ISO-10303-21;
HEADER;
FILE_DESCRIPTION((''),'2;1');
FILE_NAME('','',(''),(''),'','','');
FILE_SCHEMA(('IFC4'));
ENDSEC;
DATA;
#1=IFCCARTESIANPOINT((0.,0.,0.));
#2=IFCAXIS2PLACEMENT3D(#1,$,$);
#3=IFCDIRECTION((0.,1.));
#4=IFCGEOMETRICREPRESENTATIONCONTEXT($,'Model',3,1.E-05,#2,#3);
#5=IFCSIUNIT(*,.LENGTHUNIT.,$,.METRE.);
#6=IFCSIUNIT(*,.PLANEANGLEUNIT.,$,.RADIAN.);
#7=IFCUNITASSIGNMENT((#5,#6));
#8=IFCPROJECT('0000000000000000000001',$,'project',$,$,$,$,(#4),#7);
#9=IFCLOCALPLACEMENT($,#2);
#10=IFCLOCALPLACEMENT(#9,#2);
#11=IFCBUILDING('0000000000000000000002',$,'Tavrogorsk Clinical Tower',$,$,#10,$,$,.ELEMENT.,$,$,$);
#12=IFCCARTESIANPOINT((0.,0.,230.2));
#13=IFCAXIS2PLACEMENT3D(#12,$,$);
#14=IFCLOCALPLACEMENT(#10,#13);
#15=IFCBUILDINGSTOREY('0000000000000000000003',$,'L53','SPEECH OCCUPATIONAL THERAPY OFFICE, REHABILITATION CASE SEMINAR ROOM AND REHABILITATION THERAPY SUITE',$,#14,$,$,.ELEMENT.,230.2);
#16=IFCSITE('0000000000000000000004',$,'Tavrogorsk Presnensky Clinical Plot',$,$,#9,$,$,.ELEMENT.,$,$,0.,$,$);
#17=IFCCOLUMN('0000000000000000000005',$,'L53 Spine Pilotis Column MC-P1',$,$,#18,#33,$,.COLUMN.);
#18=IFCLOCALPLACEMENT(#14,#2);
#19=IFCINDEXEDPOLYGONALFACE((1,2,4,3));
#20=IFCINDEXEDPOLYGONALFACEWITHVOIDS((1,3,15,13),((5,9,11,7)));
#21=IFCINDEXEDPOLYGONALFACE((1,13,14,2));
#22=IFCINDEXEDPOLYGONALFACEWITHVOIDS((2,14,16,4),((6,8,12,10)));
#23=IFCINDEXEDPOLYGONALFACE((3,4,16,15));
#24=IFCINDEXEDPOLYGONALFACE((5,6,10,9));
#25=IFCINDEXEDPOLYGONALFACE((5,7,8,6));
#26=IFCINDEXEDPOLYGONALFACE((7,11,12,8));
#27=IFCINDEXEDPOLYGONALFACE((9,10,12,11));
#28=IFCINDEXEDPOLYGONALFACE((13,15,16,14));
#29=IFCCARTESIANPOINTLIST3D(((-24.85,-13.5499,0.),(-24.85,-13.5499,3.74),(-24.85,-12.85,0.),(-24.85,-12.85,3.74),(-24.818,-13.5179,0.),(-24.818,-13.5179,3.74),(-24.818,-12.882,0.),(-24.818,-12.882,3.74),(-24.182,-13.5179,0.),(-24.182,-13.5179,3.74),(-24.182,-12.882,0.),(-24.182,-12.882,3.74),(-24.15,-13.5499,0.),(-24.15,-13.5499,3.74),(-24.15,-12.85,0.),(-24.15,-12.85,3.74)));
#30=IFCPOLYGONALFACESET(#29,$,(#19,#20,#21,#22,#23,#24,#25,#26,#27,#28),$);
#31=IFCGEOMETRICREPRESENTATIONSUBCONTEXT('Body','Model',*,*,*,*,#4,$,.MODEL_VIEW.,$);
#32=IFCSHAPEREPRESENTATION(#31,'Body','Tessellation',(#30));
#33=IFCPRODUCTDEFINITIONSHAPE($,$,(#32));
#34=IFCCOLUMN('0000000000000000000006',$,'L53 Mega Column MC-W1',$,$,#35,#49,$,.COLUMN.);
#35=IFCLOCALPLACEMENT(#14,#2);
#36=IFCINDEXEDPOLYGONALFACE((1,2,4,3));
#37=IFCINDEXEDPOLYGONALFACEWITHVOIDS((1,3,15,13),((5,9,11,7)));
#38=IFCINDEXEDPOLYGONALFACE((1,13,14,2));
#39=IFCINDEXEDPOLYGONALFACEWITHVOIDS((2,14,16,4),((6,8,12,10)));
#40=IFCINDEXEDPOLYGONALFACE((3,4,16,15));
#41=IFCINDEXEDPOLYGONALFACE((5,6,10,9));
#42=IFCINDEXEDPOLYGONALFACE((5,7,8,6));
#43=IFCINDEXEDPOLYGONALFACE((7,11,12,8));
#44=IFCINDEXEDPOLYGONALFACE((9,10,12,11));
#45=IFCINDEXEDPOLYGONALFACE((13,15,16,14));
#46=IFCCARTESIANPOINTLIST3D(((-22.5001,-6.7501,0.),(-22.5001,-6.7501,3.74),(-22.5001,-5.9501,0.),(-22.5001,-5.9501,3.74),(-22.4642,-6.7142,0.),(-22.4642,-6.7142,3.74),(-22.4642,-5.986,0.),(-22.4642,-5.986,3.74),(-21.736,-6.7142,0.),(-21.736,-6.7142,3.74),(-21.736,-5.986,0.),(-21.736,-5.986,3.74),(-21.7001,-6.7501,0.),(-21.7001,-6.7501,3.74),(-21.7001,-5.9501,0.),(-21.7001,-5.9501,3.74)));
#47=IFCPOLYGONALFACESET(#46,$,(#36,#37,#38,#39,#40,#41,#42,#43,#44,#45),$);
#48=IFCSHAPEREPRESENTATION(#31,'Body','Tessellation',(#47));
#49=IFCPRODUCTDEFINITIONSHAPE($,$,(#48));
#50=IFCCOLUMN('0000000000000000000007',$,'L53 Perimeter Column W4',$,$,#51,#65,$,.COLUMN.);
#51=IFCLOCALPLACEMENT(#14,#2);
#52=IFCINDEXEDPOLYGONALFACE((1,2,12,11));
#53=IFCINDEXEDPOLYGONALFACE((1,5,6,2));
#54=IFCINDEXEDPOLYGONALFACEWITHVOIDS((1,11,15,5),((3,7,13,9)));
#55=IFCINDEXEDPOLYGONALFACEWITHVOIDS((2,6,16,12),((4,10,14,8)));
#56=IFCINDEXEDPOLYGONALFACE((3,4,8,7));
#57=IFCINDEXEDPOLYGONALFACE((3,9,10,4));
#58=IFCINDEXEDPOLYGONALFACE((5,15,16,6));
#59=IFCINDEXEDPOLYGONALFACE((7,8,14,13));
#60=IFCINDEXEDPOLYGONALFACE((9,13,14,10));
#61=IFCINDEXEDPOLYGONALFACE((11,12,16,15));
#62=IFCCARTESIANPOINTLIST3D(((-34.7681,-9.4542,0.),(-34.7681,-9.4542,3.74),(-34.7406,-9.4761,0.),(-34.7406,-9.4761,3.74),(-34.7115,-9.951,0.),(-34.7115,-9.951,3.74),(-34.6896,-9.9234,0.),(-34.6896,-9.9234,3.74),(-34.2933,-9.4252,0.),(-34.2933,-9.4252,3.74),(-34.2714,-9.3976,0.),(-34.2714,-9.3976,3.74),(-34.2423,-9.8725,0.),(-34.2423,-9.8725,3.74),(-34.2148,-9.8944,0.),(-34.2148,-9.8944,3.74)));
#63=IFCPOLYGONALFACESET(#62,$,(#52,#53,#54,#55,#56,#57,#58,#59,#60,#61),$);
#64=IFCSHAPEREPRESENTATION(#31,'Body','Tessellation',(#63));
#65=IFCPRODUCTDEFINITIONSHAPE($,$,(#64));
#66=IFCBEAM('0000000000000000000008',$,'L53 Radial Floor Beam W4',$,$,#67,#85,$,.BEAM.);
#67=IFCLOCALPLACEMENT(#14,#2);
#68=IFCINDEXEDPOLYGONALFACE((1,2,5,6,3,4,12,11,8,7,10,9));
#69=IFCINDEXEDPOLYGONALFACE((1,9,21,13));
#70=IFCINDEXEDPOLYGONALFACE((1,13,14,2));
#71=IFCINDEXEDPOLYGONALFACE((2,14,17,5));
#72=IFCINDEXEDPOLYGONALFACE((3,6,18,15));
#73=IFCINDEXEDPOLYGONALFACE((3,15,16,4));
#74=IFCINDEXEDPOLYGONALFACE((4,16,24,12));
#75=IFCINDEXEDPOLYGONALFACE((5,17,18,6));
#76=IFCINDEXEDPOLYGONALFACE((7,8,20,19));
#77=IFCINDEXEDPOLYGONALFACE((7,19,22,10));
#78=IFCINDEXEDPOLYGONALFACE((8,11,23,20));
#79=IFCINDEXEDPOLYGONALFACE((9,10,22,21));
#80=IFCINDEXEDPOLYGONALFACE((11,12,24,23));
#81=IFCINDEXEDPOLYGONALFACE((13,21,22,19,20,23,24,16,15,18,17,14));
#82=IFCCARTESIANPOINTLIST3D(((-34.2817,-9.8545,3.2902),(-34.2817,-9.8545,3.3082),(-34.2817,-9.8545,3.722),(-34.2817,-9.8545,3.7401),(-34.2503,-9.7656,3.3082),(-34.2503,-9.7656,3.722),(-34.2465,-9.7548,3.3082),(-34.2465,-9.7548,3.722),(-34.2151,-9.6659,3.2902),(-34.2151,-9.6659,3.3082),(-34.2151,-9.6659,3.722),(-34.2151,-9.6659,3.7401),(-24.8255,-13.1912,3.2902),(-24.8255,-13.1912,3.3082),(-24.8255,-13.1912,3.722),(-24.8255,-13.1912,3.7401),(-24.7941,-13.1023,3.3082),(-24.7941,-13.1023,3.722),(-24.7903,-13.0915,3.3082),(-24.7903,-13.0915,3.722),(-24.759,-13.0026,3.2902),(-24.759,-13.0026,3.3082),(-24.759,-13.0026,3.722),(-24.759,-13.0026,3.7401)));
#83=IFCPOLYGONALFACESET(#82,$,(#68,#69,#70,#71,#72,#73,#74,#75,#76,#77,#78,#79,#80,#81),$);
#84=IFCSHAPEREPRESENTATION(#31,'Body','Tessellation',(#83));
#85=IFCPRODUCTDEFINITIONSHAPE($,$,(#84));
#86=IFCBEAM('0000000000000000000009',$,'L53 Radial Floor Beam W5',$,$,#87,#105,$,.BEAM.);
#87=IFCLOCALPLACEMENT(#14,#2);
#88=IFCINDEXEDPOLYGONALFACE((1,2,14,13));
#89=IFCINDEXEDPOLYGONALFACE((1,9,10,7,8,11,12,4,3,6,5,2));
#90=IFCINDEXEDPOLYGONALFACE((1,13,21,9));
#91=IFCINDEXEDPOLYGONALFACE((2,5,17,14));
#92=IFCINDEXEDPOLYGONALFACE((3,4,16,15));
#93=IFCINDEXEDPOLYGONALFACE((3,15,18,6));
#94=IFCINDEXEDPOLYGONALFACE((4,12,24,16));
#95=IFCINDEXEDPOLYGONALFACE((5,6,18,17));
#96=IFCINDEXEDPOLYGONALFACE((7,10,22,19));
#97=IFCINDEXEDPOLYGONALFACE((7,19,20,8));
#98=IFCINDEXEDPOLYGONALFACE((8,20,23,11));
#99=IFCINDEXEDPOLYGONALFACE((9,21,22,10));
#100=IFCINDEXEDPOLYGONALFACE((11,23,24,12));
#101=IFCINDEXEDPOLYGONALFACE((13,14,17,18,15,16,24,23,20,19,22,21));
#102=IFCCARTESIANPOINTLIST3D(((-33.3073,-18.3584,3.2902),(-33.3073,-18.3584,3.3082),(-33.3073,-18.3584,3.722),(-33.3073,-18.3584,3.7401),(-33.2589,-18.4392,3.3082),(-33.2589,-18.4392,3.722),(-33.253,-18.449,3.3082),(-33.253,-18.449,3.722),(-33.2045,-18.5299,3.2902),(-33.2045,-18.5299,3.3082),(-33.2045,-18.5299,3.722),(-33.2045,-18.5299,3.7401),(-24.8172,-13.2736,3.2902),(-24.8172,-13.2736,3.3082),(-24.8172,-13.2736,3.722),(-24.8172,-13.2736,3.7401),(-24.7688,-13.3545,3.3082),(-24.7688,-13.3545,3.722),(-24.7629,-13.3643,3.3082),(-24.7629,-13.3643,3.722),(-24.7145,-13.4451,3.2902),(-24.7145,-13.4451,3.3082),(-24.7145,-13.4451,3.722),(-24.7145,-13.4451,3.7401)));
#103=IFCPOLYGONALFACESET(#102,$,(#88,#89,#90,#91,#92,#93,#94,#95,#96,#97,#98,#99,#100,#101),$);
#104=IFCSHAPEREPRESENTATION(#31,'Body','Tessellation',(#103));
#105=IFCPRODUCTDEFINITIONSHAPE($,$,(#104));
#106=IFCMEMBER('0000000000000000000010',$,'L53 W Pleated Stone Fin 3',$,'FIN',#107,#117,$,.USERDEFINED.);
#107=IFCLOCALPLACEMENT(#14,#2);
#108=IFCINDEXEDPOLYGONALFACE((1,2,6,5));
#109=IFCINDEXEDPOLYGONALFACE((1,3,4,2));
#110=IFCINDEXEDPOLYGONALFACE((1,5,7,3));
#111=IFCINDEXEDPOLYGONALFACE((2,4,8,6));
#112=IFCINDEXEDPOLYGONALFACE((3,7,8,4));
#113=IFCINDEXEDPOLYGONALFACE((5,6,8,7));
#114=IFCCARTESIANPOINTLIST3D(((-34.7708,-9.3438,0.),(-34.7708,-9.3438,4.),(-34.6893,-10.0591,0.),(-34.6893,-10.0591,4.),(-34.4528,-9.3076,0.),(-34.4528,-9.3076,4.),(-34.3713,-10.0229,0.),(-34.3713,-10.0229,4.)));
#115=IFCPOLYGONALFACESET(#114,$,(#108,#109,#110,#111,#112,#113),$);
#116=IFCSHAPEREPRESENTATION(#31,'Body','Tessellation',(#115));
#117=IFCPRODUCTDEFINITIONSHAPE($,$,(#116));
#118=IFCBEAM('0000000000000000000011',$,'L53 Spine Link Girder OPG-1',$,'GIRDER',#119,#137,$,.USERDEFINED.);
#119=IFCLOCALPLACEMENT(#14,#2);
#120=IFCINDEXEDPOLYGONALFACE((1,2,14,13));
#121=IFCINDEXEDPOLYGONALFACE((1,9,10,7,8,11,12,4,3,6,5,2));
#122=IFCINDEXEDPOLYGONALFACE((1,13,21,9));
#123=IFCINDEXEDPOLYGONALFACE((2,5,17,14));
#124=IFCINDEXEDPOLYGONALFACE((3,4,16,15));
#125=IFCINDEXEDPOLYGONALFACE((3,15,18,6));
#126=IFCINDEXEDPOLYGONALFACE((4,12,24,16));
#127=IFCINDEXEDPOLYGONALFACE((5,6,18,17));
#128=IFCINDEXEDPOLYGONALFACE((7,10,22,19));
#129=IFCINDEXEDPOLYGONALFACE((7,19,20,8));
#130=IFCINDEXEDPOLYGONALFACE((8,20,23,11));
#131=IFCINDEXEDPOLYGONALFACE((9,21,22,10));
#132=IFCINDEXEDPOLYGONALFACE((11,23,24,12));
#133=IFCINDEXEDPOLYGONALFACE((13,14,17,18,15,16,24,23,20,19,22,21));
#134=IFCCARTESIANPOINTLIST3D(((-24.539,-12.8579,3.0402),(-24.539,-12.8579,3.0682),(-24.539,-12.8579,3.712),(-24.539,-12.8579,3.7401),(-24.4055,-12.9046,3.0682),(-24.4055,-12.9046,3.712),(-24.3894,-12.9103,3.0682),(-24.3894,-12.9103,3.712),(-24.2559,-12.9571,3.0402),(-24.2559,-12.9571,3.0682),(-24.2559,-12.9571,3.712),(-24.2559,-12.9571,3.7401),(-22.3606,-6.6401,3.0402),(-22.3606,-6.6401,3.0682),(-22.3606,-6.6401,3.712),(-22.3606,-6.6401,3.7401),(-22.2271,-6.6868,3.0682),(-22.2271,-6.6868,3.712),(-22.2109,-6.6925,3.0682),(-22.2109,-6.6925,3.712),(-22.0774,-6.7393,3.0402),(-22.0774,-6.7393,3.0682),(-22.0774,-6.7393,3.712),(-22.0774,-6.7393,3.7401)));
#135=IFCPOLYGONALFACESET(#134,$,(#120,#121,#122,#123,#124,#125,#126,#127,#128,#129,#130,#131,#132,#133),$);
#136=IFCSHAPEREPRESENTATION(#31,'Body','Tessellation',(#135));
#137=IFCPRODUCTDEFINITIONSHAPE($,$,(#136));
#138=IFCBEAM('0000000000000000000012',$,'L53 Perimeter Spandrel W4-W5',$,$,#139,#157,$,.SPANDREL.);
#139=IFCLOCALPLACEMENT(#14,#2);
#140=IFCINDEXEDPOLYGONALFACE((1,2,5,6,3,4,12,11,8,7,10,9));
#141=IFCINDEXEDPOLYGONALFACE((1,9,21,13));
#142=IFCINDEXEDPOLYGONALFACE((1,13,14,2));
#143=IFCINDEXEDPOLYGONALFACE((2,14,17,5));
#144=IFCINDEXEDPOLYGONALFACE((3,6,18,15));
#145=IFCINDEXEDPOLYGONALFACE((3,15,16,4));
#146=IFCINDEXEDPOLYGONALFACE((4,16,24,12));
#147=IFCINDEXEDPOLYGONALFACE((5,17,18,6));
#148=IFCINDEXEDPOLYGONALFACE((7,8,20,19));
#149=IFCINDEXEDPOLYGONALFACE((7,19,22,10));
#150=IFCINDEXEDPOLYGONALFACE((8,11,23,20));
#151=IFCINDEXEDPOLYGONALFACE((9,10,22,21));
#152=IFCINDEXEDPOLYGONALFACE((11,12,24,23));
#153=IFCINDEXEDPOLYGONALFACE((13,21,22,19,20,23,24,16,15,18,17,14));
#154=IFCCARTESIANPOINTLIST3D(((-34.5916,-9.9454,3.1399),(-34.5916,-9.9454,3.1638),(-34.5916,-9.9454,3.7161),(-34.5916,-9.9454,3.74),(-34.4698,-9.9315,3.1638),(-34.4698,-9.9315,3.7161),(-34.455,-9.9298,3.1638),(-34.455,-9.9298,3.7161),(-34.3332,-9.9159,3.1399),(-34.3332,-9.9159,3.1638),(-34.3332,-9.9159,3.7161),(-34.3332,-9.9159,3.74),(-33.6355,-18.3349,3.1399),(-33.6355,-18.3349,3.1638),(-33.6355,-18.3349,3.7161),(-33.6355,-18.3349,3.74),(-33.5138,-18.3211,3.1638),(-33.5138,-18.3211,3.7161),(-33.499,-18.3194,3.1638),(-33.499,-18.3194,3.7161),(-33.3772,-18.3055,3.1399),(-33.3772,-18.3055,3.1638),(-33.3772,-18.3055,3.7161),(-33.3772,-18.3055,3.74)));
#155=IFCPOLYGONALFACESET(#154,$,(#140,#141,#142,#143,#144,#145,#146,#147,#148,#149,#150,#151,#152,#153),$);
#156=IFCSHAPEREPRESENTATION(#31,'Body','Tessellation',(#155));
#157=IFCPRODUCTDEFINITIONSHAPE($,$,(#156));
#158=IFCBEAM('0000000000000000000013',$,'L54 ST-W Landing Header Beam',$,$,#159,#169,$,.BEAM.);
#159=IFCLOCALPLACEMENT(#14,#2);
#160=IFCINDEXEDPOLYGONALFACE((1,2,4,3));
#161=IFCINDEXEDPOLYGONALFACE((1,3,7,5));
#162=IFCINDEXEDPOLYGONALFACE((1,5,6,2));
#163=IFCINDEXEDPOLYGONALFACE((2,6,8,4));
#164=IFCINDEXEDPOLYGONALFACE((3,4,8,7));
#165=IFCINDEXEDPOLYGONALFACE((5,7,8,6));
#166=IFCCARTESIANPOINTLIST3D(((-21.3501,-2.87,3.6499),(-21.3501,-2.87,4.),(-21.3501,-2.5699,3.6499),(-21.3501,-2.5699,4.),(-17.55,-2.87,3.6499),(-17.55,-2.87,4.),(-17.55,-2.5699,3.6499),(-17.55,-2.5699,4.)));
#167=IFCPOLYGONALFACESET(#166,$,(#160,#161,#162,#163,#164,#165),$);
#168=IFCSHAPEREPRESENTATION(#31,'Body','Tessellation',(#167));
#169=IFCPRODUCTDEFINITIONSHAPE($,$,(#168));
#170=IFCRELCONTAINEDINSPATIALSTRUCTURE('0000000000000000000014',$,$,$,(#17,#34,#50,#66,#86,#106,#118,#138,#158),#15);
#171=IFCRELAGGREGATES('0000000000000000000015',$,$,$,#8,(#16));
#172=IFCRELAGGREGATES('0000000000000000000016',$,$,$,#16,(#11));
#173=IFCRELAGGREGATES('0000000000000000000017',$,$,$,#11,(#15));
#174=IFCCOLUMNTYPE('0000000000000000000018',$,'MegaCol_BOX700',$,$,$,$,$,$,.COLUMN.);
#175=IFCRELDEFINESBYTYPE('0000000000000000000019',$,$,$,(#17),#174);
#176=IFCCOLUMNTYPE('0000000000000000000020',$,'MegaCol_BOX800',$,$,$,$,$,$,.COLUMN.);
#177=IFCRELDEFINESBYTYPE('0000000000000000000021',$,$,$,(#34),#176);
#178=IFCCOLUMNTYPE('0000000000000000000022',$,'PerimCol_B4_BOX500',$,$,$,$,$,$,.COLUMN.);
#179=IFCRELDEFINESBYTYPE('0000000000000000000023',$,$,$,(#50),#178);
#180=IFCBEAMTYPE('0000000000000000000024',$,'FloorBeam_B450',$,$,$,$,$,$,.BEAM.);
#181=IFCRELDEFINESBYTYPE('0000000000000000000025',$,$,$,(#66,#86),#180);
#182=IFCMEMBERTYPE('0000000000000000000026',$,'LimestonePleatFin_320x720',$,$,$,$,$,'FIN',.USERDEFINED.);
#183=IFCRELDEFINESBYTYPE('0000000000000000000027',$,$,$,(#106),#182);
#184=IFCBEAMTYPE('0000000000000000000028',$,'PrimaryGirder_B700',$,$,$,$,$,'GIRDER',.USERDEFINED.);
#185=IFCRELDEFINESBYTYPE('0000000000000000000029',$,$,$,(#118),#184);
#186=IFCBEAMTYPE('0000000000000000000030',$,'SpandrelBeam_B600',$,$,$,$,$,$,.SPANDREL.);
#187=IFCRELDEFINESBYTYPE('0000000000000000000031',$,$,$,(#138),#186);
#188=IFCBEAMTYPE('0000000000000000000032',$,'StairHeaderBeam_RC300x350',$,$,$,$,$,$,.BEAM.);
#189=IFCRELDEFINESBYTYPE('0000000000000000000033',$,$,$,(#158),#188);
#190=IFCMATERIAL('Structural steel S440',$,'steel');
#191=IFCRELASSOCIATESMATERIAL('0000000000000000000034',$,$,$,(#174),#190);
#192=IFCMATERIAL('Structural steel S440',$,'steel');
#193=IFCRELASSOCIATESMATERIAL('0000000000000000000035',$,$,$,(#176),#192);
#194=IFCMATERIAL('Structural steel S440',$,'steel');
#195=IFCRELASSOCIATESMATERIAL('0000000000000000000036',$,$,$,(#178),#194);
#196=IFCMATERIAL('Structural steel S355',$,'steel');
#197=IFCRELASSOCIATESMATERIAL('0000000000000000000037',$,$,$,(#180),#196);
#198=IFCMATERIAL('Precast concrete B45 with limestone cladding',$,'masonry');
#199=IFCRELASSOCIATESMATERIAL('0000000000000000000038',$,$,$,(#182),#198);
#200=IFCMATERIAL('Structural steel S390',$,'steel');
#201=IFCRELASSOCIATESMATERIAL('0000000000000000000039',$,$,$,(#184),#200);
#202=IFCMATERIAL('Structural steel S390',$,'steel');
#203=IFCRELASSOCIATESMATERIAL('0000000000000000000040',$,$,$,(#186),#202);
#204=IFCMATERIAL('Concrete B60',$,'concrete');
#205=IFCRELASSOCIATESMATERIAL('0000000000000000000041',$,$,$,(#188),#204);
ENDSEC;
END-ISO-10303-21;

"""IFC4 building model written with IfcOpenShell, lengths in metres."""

from ifc_helpers import new_model, si_unit, direction, frame, origin, origin_2d, place, context, subcontext, project, spatial, rectangle, hollow_rectangle, i_section, extrude, material, material_profile, profile_set, type_object, element, save


model = new_model("IFC4")

# Units and contexts
model_context = context("Model", 3, precision=1e-05, world=origin(), true_north=direction((0.0, 1.0)))
body_context = subcontext(model_context, "Body", "Model", "MODEL_VIEW")
ifc_project = project(units=[si_unit("LENGTHUNIT", "METRE"), si_unit("PLANEANGLEUNIT", "RADIAN")], contexts=[model_context])

# Site, building, storey
site_placement = place(None, origin())
site = spatial("IfcSite", under=ifc_project, at=site_placement, Name="Tavrogorsk Presnensky Clinical Plot", CompositionType="ELEMENT", RefElevation=0.0)
building_placement = place(site_placement, origin())
building = spatial("IfcBuilding", under=site, at=building_placement, Name="Tavrogorsk Clinical Tower", CompositionType="ELEMENT")
storey_placement = place(building_placement, frame((0.0, 0.0, 230.2)))
storey = spatial("IfcBuildingStorey", under=building, at=storey_placement, Name="L53", Description="SPEECH OCCUPATIONAL THERAPY OFFICE, REHABILITATION CASE SEMINAR ROOM AND REHABILITATION THERAPY SUITE", CompositionType="ELEMENT", Elevation=230.2)

# Columns
ifc_material_1 = material(Name="Structural steel S440", Category="steel")
ifc_material_profile_1 = material_profile(ifc_material_1, hollow_rectangle(XDim=0.7, YDim=0.7, WallThickness=0.032, at=origin_2d()), Name="BOX-700x700x32")
ifc_profile_set_1 = profile_set([ifc_material_profile_1], Name="Structural steel S440")
column_type_1 = type_object("IfcColumnType", Name="MegaCol_BOX700", PredefinedType="COLUMN", material=ifc_profile_set_1)
column_1_placement = place(storey_placement, frame((-24.5, -13.2, 0.0), z_axis=(0.0, 0.0, 1.0), x_axis=(1.0, 0.0, 0.0)))
element("IfcColumn", 1, at=column_1_placement, inside=storey, type_object=column_type_1, Name="L53 Spine Pilotis Column MC-P1", PredefinedType="COLUMN", context=body_context, shape_type="SweptSolid", body=[
    extrude(hollow_rectangle(XDim=0.7, YDim=0.7, WallThickness=0.032, at=origin_2d()), origin(), (0.0, 0.0, 1.0), 3.74),
])
ifc_material_2 = material(Name="Structural steel S440", Category="steel")
ifc_material_profile_2 = material_profile(ifc_material_2, hollow_rectangle(XDim=0.8, YDim=0.8, WallThickness=0.0359, at=origin_2d()), Name="BOX-800x800x36")
ifc_profile_set_2 = profile_set([ifc_material_profile_2], Name="Structural steel S440")
column_type_2 = type_object("IfcColumnType", Name="MegaCol_BOX800", PredefinedType="COLUMN", material=ifc_profile_set_2)
column_2_placement = place(storey_placement, frame((-22.1001, -6.3501, 0.0), z_axis=(0.0, 0.0, 1.0), x_axis=(1.0, 0.0, 0.0)))
element("IfcColumn", 2, at=column_2_placement, inside=storey, type_object=column_type_2, Name="L53 Mega Column MC-W1", PredefinedType="COLUMN", context=body_context, shape_type="SweptSolid", body=[
    extrude(hollow_rectangle(XDim=0.8, YDim=0.8, WallThickness=0.0359, at=origin_2d()), origin(), (0.0, 0.0, 1.0), 3.74),
])
ifc_material_3 = material(Name="Structural steel S440", Category="steel")
ifc_material_profile_3 = material_profile(ifc_material_3, hollow_rectangle(XDim=0.5, YDim=0.5, WallThickness=0.0249, at=origin_2d()), Name="BOX-500x500x25")
ifc_profile_set_3 = profile_set([ifc_material_profile_3], Name="Structural steel S440")
column_type_3 = type_object("IfcColumnType", Name="PerimCol_B4_BOX500", PredefinedType="COLUMN", material=ifc_profile_set_3)
column_3_placement = place(storey_placement, frame((-34.4915, -9.6743, 0.0), z_axis=(0.0, 0.0, 1.0), x_axis=(0.993572, 0.113203, 0.0)))
element("IfcColumn", 3, at=column_3_placement, inside=storey, type_object=column_type_3, Name="L53 Perimeter Column W4", PredefinedType="COLUMN", context=body_context, shape_type="SweptSolid", body=[
    extrude(hollow_rectangle(XDim=0.5, YDim=0.5, WallThickness=0.0249, at=origin_2d()), origin(), (0.0, 0.0, 1.0), 3.74),
])

# Beams
ifc_material_4 = material(Name="Structural steel S355", Category="steel")
ifc_material_profile_4 = material_profile(ifc_material_4, i_section(OverallWidth=0.2, OverallDepth=0.45, WebThickness=0.0115, FlangeThickness=0.0181, at=origin_2d()), Name="B-450x200x11.5x18")
ifc_profile_set_4 = profile_set([ifc_material_profile_4], Name="Structural steel S355")
beam_type_1 = type_object("IfcBeamType", Name="FloorBeam_B450", PredefinedType="BEAM", material=ifc_profile_set_4)
beam_1_placement = place(storey_placement, frame((-24.7922, -13.0969, 3.5151), z_axis=(-0.943014, 0.332753, 0.0), x_axis=(-0.332753, -0.943014, 0.0)))
element("IfcBeam", 4, at=beam_1_placement, inside=storey, type_object=beam_type_1, Name="L53 Radial Floor Beam W4", PredefinedType="BEAM", context=body_context, shape_type="SweptSolid", body=[
    extrude(i_section(OverallWidth=0.2, OverallDepth=0.45, WebThickness=0.0115, FlangeThickness=0.0181, at=origin_2d()), origin(), (0.0, 0.0, 1.0), 10.0276),
])
beam_2_placement = place(storey_placement, frame((-24.7659, -13.3594, 3.5151), z_axis=(-0.857906, -0.513806, 0.0), x_axis=(0.513806, -0.857906, 0.0)))
element("IfcBeam", 5, at=beam_2_placement, inside=storey, type_object=beam_type_1, Name="L53 Radial Floor Beam W5", PredefinedType="BEAM", context=body_context, shape_type="SweptSolid", body=[
    extrude(i_section(OverallWidth=0.2, OverallDepth=0.45, WebThickness=0.0115, FlangeThickness=0.0181, at=origin_2d()), origin(), (0.0, 0.0, 1.0), 9.8962),
])

# Member
ifc_material_5 = material(Name="Precast concrete B45 with limestone cladding", Category="masonry")
ifc_material_profile_5 = material_profile(ifc_material_5, rectangle(XDim=0.3201, YDim=0.72, at=origin_2d()), Name="LIMESTONE-FIN-320x720")
ifc_profile_set_5 = profile_set([ifc_material_profile_5], Name="Precast concrete B45 with limestone cladding")
member_type = type_object("IfcMemberType", Name="LimestonePleatFin_320x720", ElementType="FIN", PredefinedType="USERDEFINED", material=ifc_profile_set_5)
member_placement = place(storey_placement, frame((-34.571, -9.6833, 0.0), z_axis=(0.0, 0.0, 1.0), x_axis=(0.993572, 0.113203, 0.0)))
element("IfcMember", 6, at=member_placement, inside=storey, type_object=member_type, Name="L53 W Pleated Stone Fin 3", ObjectType="FIN", PredefinedType="USERDEFINED", context=body_context, shape_type="SweptSolid", body=[
    extrude(rectangle(XDim=0.3201, YDim=0.72, at=origin_2d()), origin(), (0.0, 0.0, 1.0), 4.0),
])

# Beams
ifc_material_6 = material(Name="Structural steel S390", Category="steel")
ifc_material_profile_6 = material_profile(ifc_material_6, i_section(OverallWidth=0.3, OverallDepth=0.7, WebThickness=0.0171, FlangeThickness=0.0281, at=origin_2d()), Name="B-700x300x17x28")
ifc_profile_set_6 = profile_set([ifc_material_profile_6], Name="Structural steel S390")
beam_type_2 = type_object("IfcBeamType", Name="PrimaryGirder_B700", ElementType="GIRDER", PredefinedType="USERDEFINED", material=ifc_profile_set_6)
beam_3_placement = place(storey_placement, frame((-24.3975, -12.9075, 3.3901), z_axis=(0.330654, 0.943752, 0.0), x_axis=(-0.943752, 0.330654, 0.0)))
element("IfcBeam", 7, at=beam_3_placement, inside=storey, type_object=beam_type_2, Name="L53 Spine Link Girder OPG-1", ObjectType="GIRDER", PredefinedType="USERDEFINED", context=body_context, shape_type="SweptSolid", body=[
    extrude(i_section(OverallWidth=0.3, OverallDepth=0.7, WebThickness=0.0171, FlangeThickness=0.0281, at=origin_2d()), origin(), (0.0, 0.0, 1.0), 6.5884),
])
ifc_material_7 = material(Name="Structural steel S390", Category="steel")
ifc_material_profile_7 = material_profile(ifc_material_7, i_section(OverallWidth=0.26, OverallDepth=0.6001, WebThickness=0.0149, FlangeThickness=0.0239, at=origin_2d()), Name="B-600x260x15x24")
ifc_profile_set_7 = profile_set([ifc_material_profile_7], Name="Structural steel S390")
beam_type_3 = type_object("IfcBeamType", Name="SpandrelBeam_B600", PredefinedType="SPANDREL", material=ifc_profile_set_7)
beam_4_placement = place(storey_placement, frame((-34.4624, -9.9307, 3.4399), z_axis=(0.113224, -0.99357, 0.0), x_axis=(0.99357, 0.113224, 0.0)))
element("IfcBeam", 8, at=beam_4_placement, inside=storey, type_object=beam_type_3, Name="L53 Perimeter Spandrel W4-W5", PredefinedType="SPANDREL", context=body_context, shape_type="SweptSolid", body=[
    extrude(i_section(OverallWidth=0.26, OverallDepth=0.6001, WebThickness=0.0149, FlangeThickness=0.0239, at=origin_2d()), origin(), (0.0, 0.0, 1.0), 8.4438),
])
ifc_material_8 = material(Name="Concrete B60", Category="concrete")
ifc_material_profile_8 = material_profile(ifc_material_8, rectangle(XDim=0.3, YDim=0.3501, at=origin_2d()), Name="RC-SHB-300x350")
ifc_profile_set_8 = profile_set([ifc_material_profile_8], Name="Concrete B60")
beam_type_4 = type_object("IfcBeamType", Name="StairHeaderBeam_RC300x350", PredefinedType="BEAM", material=ifc_profile_set_8)
beam_5_placement = place(storey_placement, frame((-21.3501, -2.72, 3.825), z_axis=(1.0, 0.0, 0.0), x_axis=(0.0, 1.0, 0.0)))
element("IfcBeam", 9, at=beam_5_placement, inside=storey, type_object=beam_type_4, Name="L54 ST-W Landing Header Beam", PredefinedType="BEAM", context=body_context, shape_type="SweptSolid", body=[
    extrude(rectangle(XDim=0.3, YDim=0.3501, at=origin_2d()), origin(), (0.0, 0.0, 1.0), 3.8),
])

save(model, "model.ifc")
